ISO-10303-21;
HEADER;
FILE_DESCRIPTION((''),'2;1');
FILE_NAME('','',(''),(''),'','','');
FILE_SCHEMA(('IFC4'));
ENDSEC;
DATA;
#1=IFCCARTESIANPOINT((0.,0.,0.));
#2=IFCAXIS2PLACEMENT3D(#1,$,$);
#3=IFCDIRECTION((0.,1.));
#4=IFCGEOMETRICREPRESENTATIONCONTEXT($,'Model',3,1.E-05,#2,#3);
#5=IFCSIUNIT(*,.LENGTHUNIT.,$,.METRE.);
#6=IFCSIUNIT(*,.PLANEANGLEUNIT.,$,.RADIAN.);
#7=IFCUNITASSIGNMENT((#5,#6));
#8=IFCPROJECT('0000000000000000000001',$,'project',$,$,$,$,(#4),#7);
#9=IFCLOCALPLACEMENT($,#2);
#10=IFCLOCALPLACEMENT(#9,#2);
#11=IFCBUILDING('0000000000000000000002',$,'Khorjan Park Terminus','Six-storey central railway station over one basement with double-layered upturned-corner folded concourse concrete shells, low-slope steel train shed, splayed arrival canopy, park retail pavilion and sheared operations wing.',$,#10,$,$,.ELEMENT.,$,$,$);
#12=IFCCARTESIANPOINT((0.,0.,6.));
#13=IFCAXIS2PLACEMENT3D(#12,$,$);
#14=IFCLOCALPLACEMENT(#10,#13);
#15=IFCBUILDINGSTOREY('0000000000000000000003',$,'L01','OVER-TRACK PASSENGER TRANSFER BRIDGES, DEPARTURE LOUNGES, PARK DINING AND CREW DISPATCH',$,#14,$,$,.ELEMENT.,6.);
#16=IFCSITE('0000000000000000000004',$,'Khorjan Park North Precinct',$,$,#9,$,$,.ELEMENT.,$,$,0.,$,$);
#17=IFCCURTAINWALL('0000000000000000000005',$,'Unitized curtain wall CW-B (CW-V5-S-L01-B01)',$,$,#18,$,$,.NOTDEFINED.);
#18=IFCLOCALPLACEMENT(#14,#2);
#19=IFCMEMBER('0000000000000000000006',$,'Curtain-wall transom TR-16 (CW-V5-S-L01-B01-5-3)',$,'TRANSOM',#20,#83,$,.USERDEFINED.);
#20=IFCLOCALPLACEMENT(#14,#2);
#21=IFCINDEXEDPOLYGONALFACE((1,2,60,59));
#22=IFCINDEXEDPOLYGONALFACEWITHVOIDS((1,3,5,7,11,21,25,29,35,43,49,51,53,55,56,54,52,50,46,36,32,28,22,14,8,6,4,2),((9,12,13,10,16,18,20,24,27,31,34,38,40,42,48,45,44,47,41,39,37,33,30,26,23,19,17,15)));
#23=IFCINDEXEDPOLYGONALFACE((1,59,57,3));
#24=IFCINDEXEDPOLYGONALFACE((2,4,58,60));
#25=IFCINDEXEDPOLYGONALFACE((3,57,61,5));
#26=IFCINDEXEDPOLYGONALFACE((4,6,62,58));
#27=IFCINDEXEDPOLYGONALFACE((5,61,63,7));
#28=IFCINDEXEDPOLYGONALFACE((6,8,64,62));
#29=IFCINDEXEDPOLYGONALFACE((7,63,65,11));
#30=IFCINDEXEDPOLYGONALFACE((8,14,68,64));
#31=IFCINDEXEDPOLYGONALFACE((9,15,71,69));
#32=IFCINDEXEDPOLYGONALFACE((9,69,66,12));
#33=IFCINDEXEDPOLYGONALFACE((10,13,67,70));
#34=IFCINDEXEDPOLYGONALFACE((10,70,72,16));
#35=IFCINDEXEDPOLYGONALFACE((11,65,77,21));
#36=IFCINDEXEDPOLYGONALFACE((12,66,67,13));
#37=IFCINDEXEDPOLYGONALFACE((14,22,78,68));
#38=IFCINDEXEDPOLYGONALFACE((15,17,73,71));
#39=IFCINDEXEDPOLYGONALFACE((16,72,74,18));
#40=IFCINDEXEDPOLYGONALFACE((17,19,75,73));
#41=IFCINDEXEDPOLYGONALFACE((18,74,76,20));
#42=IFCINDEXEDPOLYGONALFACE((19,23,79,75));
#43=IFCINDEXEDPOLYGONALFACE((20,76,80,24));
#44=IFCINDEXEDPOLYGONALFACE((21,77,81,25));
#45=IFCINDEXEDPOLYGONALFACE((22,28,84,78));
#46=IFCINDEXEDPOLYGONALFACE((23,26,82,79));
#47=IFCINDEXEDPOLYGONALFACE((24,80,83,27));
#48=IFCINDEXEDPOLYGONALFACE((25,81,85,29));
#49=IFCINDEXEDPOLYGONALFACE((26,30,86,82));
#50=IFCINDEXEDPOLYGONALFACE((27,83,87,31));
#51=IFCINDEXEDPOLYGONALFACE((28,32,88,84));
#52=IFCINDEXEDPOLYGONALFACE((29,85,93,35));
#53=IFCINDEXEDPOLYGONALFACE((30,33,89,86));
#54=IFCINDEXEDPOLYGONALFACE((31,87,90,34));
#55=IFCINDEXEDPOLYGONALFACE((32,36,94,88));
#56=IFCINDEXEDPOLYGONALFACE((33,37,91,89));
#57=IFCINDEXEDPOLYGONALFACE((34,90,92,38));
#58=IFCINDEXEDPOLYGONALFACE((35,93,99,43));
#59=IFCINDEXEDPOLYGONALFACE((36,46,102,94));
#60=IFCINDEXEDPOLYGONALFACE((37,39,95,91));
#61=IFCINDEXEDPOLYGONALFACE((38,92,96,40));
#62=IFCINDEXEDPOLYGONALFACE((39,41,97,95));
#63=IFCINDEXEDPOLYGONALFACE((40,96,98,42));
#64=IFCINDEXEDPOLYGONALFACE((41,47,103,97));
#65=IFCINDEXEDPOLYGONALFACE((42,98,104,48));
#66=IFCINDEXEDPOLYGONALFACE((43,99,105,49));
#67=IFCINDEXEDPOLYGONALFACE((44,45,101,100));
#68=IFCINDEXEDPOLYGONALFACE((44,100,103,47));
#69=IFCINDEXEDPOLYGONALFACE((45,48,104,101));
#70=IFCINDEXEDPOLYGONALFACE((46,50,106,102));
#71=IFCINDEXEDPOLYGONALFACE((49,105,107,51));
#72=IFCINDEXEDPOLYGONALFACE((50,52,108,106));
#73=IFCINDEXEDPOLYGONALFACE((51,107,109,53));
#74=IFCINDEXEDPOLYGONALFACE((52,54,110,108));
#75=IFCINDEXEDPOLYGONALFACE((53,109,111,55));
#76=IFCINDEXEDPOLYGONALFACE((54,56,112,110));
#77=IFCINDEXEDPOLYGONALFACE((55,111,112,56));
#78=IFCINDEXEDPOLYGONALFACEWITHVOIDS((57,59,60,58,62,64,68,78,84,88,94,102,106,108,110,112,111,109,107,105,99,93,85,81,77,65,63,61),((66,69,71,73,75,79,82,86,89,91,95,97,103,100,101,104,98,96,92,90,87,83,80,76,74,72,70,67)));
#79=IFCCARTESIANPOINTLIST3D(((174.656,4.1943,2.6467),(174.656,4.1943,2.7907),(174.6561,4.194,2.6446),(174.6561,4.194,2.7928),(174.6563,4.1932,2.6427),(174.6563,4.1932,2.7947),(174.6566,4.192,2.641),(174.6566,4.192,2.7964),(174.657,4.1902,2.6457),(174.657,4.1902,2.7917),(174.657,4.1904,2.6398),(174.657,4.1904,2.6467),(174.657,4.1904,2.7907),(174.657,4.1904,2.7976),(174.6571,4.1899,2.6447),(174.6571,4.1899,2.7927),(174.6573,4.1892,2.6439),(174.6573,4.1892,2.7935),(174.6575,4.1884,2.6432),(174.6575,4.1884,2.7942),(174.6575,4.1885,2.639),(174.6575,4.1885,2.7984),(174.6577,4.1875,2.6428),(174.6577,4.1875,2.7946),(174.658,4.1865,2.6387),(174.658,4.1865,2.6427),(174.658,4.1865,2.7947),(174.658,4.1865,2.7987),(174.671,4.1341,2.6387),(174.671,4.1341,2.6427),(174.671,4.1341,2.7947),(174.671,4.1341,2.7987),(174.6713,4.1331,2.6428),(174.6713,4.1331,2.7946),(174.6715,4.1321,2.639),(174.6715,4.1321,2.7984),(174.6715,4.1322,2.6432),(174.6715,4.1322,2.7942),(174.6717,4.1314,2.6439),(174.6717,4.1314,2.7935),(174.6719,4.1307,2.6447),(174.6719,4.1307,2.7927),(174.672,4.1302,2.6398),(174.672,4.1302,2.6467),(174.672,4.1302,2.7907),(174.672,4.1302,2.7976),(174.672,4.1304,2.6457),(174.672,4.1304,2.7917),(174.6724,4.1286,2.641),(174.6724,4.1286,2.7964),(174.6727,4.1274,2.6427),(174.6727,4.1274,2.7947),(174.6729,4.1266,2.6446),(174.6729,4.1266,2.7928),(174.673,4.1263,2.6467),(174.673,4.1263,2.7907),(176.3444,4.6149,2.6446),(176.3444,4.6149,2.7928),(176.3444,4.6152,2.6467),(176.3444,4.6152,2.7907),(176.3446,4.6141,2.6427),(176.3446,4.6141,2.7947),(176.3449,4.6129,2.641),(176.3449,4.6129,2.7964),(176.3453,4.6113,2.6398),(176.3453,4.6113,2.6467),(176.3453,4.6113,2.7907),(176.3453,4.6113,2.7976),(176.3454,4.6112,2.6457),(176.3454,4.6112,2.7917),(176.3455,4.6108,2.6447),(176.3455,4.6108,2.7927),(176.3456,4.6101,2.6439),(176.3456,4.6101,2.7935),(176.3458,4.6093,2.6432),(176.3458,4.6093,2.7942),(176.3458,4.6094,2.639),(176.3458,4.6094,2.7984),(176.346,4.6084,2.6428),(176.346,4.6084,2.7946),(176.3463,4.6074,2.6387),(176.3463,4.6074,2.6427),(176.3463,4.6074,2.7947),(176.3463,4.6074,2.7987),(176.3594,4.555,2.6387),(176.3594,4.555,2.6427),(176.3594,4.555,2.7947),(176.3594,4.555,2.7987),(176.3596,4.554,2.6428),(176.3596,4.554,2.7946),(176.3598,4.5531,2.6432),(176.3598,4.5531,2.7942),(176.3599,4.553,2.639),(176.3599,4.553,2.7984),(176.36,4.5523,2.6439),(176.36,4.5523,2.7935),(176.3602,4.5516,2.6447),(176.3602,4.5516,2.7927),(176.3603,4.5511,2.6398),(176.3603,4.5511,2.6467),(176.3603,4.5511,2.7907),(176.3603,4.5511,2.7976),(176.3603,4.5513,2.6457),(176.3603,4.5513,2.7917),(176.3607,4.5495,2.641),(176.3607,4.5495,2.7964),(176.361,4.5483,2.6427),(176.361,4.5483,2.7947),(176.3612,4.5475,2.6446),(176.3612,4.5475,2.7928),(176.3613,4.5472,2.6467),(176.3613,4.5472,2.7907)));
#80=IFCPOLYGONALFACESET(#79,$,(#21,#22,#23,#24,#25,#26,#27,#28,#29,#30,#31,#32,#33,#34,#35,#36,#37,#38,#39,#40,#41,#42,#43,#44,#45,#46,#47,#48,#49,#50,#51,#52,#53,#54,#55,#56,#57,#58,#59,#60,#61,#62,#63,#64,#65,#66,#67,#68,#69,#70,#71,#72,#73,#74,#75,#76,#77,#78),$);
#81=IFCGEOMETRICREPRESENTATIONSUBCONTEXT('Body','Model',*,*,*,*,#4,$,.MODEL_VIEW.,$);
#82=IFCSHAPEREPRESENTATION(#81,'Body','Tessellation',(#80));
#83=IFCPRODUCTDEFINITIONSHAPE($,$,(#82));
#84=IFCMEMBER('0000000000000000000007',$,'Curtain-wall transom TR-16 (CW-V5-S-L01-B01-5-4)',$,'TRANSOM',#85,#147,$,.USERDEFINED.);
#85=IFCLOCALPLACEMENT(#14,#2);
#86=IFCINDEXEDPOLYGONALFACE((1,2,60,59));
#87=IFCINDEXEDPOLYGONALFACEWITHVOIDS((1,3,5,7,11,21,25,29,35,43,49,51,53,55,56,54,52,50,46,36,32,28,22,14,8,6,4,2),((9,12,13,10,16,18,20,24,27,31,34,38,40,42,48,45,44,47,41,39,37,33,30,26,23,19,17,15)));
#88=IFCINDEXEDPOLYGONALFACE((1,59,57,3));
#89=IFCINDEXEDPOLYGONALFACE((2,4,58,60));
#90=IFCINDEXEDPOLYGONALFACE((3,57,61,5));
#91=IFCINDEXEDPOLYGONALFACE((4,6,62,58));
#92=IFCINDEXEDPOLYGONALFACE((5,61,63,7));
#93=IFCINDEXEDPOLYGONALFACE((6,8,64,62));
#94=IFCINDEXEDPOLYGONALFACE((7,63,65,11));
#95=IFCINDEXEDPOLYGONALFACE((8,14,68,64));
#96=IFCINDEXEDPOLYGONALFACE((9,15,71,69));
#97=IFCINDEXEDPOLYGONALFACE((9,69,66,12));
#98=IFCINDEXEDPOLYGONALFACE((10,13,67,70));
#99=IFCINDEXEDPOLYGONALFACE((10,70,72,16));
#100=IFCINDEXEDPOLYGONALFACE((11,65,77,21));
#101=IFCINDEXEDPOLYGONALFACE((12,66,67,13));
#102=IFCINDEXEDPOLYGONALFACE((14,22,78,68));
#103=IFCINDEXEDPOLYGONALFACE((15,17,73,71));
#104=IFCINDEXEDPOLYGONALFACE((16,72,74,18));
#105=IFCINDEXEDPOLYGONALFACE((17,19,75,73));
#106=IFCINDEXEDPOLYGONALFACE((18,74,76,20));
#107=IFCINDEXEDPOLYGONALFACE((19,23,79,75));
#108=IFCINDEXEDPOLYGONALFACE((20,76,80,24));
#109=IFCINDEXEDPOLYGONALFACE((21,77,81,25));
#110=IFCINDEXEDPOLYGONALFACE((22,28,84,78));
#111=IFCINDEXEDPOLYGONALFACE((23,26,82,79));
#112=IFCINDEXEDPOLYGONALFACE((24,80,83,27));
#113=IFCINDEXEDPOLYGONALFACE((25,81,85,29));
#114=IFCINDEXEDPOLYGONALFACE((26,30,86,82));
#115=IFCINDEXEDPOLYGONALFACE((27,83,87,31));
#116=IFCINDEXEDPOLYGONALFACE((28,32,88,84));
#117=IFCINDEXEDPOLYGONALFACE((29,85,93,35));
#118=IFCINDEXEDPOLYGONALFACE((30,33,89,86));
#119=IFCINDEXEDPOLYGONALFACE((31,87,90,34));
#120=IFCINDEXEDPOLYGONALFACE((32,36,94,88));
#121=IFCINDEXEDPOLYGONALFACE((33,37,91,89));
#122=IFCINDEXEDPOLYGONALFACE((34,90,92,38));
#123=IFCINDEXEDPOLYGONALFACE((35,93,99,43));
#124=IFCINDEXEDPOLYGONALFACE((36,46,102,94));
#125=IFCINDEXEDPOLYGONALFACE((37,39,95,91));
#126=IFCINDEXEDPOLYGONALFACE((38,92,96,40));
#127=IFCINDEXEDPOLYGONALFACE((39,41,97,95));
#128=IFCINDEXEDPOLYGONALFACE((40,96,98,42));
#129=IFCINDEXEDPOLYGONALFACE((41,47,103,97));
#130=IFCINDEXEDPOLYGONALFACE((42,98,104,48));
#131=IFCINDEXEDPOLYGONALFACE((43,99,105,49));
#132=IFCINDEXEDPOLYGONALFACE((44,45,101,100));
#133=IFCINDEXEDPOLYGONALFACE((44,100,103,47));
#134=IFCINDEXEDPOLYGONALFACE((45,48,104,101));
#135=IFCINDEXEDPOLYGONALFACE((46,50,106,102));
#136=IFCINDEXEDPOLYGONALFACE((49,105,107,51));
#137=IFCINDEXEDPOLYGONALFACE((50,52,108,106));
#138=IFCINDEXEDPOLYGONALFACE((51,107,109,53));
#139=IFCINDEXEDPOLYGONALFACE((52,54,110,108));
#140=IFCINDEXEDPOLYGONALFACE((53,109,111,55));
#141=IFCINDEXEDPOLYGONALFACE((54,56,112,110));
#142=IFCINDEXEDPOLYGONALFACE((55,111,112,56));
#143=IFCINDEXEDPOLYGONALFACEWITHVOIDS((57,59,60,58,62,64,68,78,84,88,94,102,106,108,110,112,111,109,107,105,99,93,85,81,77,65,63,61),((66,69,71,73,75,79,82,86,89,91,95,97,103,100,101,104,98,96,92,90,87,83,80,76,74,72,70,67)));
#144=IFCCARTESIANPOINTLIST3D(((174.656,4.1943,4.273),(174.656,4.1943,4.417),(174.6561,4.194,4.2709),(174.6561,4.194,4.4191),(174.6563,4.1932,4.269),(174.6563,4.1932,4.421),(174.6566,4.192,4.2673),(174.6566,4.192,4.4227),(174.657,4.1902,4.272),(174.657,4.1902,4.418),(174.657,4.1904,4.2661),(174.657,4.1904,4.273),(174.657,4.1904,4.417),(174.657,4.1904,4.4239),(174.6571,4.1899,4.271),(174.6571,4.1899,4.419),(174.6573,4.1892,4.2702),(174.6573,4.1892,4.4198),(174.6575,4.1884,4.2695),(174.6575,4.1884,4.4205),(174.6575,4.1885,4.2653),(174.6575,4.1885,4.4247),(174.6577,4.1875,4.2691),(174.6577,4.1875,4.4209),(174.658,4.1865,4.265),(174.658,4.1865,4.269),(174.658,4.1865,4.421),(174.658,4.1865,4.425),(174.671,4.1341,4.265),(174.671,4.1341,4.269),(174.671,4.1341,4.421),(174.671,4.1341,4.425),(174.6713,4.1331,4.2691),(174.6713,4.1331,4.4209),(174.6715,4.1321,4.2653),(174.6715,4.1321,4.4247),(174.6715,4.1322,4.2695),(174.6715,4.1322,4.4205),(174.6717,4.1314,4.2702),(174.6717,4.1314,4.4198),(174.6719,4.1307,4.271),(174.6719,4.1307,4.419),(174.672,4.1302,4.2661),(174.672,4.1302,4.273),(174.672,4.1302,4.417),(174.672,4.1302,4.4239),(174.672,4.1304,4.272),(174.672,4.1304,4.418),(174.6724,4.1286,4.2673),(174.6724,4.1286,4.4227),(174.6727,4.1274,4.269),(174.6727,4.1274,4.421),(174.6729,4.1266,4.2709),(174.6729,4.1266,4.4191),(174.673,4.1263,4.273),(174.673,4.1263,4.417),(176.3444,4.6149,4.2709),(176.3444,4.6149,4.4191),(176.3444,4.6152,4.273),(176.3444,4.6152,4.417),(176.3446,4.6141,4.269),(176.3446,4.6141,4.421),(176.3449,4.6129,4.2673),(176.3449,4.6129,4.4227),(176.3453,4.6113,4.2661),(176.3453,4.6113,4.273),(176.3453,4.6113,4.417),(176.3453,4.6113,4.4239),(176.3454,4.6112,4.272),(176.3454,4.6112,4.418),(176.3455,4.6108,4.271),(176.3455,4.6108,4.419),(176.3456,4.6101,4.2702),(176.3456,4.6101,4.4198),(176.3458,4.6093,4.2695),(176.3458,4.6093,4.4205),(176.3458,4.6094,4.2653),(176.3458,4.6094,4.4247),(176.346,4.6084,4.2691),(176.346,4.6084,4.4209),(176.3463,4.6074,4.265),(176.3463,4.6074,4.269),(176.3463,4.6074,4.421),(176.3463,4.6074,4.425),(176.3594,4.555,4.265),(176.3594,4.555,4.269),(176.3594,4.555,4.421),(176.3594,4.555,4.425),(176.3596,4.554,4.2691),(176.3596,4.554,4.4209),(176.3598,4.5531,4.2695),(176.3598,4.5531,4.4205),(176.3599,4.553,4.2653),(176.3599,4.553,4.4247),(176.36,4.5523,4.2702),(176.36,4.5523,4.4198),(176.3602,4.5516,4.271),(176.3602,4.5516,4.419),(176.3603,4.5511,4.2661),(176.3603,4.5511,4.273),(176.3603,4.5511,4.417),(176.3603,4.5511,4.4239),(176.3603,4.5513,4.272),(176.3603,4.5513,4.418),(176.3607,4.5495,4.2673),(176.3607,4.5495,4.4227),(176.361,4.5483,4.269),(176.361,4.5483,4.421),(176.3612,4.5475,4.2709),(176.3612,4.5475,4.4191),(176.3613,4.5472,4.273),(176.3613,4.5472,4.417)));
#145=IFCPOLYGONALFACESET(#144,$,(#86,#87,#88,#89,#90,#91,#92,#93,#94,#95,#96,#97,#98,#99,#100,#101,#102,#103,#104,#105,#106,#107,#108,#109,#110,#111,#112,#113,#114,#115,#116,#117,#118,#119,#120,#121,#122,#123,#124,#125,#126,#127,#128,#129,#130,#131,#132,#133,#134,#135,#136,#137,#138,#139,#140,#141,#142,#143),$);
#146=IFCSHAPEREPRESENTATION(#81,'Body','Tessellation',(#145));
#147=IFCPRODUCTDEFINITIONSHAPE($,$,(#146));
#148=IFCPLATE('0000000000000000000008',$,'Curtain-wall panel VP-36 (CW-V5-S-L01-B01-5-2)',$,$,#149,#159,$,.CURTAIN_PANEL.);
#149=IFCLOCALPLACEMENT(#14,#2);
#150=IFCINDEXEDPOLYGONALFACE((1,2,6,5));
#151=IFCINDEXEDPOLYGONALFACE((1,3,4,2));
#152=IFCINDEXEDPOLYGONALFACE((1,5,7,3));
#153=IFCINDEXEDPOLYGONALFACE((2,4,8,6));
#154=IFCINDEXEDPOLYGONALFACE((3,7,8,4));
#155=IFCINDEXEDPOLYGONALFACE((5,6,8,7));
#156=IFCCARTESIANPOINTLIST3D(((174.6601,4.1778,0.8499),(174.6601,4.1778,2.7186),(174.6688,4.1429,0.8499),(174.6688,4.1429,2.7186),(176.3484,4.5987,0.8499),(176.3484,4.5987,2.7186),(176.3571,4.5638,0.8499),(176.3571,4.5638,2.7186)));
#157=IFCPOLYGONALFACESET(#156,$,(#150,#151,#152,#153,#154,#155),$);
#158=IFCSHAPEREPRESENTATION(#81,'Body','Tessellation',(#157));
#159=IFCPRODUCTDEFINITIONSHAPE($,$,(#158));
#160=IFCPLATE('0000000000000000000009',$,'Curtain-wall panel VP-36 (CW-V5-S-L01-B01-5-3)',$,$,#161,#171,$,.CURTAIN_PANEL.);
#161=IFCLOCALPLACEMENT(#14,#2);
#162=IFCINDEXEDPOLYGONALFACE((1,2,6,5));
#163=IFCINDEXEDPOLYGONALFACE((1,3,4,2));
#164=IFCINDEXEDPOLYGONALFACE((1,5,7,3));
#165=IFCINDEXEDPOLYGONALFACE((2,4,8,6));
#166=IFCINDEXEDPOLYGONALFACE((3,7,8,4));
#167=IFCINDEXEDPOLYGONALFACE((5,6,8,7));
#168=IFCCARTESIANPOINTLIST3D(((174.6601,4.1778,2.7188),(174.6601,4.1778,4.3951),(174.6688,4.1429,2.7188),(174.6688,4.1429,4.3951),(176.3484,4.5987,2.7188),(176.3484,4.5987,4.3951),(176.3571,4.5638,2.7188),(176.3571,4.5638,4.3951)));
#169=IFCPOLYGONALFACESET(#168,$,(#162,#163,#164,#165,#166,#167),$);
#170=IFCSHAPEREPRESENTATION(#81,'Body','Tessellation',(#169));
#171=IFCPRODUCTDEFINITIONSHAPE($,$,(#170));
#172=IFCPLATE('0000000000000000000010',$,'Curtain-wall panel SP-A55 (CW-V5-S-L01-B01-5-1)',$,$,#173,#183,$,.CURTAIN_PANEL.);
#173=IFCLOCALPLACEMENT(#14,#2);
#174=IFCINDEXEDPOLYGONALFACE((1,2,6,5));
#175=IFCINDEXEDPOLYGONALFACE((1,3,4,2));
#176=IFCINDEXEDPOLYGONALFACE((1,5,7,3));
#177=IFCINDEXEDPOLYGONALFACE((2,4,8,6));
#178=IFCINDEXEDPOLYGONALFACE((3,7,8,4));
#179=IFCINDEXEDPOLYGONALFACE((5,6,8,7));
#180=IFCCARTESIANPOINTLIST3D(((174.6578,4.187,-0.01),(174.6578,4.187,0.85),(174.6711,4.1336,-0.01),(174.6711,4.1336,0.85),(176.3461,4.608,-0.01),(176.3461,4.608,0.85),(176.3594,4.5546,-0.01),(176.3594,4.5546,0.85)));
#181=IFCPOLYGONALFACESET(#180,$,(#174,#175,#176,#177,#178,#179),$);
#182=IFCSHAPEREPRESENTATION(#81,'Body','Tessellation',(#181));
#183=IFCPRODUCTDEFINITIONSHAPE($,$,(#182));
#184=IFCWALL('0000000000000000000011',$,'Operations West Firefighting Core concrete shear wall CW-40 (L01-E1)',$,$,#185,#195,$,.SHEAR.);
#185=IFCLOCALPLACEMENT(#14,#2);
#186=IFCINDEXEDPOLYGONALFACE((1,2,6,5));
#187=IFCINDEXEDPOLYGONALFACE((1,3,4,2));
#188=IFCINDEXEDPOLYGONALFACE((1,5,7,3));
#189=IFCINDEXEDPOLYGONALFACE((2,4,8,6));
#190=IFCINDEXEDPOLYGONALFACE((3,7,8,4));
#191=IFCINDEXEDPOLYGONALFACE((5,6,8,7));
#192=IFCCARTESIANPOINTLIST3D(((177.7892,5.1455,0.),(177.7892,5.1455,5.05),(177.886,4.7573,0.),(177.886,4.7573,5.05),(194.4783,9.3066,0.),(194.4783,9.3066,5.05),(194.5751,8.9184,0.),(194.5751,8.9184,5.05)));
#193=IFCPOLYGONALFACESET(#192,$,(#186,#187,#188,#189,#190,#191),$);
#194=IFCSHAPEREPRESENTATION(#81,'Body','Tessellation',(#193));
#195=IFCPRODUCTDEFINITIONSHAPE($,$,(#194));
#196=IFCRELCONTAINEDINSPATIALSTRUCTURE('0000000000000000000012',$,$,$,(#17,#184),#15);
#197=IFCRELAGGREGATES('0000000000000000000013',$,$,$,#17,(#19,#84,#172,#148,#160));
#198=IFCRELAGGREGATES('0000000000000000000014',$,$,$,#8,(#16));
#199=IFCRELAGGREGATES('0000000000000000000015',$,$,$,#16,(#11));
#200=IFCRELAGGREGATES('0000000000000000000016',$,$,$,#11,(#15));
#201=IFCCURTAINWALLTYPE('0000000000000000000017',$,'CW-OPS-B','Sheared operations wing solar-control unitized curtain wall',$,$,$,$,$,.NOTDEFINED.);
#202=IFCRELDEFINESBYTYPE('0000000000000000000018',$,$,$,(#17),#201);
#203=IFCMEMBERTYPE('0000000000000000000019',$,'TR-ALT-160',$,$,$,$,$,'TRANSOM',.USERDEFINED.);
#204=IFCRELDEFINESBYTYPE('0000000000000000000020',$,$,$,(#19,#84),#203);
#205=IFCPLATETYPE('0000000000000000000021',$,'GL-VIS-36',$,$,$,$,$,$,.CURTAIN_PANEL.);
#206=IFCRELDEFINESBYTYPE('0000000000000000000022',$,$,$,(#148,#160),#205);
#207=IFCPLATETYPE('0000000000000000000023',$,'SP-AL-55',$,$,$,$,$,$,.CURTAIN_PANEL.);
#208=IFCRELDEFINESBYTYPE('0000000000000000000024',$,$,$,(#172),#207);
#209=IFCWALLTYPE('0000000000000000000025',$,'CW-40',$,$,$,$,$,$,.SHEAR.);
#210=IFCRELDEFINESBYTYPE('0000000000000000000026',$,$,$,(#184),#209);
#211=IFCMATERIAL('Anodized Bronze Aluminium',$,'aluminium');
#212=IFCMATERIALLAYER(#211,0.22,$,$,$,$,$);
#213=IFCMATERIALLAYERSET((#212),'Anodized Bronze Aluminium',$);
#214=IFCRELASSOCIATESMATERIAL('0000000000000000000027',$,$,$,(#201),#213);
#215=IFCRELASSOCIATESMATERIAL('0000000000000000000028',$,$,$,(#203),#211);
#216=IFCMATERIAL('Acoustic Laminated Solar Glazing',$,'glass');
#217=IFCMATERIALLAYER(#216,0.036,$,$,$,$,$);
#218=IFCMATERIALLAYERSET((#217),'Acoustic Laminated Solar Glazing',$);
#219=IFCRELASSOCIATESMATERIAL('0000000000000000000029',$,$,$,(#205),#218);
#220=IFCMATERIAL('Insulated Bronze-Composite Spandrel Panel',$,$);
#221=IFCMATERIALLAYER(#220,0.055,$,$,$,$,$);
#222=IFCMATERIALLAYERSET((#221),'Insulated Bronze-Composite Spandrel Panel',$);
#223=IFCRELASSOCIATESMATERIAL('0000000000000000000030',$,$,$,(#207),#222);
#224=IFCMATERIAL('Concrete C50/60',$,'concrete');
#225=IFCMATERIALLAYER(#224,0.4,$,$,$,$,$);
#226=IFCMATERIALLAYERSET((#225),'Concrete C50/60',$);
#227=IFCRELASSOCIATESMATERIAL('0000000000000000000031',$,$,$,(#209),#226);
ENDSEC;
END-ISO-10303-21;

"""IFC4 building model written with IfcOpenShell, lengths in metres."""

from ifc_helpers import new_model, si_unit, direction, frame, frame_2d, origin, origin_2d, place, context, subcontext, project, spatial, rectangle, hollow_rectangle, extrude, material, layer, layer_set, material_profile, profile_set, type_object, element, aggregate, save


model = new_model("IFC4")

# Units and contexts
model_context = context("Model", 3, precision=1e-05, world=origin(), true_north=direction((0.0, 1.0)))
body_context = subcontext(model_context, "Body", "Model", "MODEL_VIEW")
ifc_project = project(units=[si_unit("LENGTHUNIT", "METRE"), si_unit("PLANEANGLEUNIT", "RADIAN")], contexts=[model_context])

# Site, building, storey
site_placement = place(None, origin())
site = spatial("IfcSite", under=ifc_project, at=site_placement, Name="Khorjan Park North Precinct", CompositionType="ELEMENT", RefElevation=0.0)
building_placement = place(site_placement, origin())
building = spatial("IfcBuilding", under=site, at=building_placement, Name="Khorjan Park Terminus", Description="Six-storey central railway station over one basement with double-layered upturned-corner folded concourse concrete shells, low-slope steel train shed, splayed arrival canopy, park retail pavilion and sheared operations wing.", CompositionType="ELEMENT")
storey_placement = place(building_placement, frame((0.0, 0.0, 6.0)))
storey = spatial("IfcBuildingStorey", under=building, at=storey_placement, Name="L01", Description="OVER-TRACK PASSENGER TRANSFER BRIDGES, DEPARTURE LOUNGES, PARK DINING AND CREW DISPATCH", CompositionType="ELEMENT", Elevation=6.0)

# Shared definitions
ifc_material_1 = material(Name="Concrete C50/60", Category="concrete")

# Curtain wall, members, plates
ifc_material_2 = material(Name="Anodized Bronze Aluminium", Category="aluminium")
ifc_layer_1 = layer(ifc_material_2, 0.22)
ifc_layer_set_1 = layer_set([ifc_layer_1], Name="Anodized Bronze Aluminium")
curtain_wall_type = type_object("IfcCurtainWallType", Name="CW-OPS-B", Description="Sheared operations wing solar-control unitized curtain wall", PredefinedType="NOTDEFINED", material=ifc_layer_set_1)
curtain_wall_placement = place(storey_placement, origin())
curtain_wall = element("IfcCurtainWall", 1, at=curtain_wall_placement, inside=storey, type_object=curtain_wall_type, Name="Unitized curtain wall CW-B (CW-V5-S-L01-B01)", PredefinedType="NOTDEFINED")
ifc_material_profile_1 = material_profile(ifc_material_2, hollow_rectangle(XDim=0.07, YDim=0.16, WallThickness=0.004, InnerFilletRadius=0.004, OuterFilletRadius=0.008, at=origin_2d()), Name="ALT 70x160x4")
ifc_profile_set_1 = profile_set([ifc_material_profile_1], Name="Anodized Bronze Aluminium")
member_type_1 = type_object("IfcMemberType", Name="TR-ALT-160", ElementType="TRANSOM", PredefinedType="USERDEFINED", material=ifc_profile_set_1)
member_1_placement = place(storey_placement, frame((174.6645, 4.1603, 2.7187), z_axis=(0.970301, 0.2419, 0.0), x_axis=(-0.2419, 0.970301, 0.0)))
member_1 = element("IfcMember", 2, at=member_1_placement, type_object=member_type_1, Name="Curtain-wall transom TR-16 (CW-V5-S-L01-B01-5-3)", ObjectType="TRANSOM", PredefinedType="USERDEFINED", context=body_context, shape_type="SweptSolid", body=[
    extrude(hollow_rectangle(XDim=0.07, YDim=0.16, WallThickness=0.004, InnerFilletRadius=0.004, OuterFilletRadius=0.008, at=origin_2d()), origin(), (0.0, 0.0, 1.0), 1.74),
])
member_2_placement = place(storey_placement, frame((174.6645, 4.1603, 4.345), z_axis=(0.970301, 0.2419, 0.0), x_axis=(-0.2419, 0.970301, 0.0)))
member_2 = element("IfcMember", 3, at=member_2_placement, type_object=member_type_1, Name="Curtain-wall transom TR-16 (CW-V5-S-L01-B01-5-4)", ObjectType="TRANSOM", PredefinedType="USERDEFINED", context=body_context, shape_type="SweptSolid", body=[
    extrude(hollow_rectangle(XDim=0.07, YDim=0.16, WallThickness=0.004, InnerFilletRadius=0.004, OuterFilletRadius=0.008, at=origin_2d()), origin(), (0.0, 0.0, 1.0), 1.74),
])
ifc_material_3 = material(Name="Acoustic Laminated Solar Glazing", Category="glass")
ifc_layer_2 = layer(ifc_material_3, 0.036)
ifc_layer_set_2 = layer_set([ifc_layer_2], Name="Acoustic Laminated Solar Glazing")
plate_type_1 = type_object("IfcPlateType", Name="GL-VIS-36", PredefinedType="CURTAIN_PANEL", material=ifc_layer_set_2)
plate_1_placement = place(storey_placement, frame((175.5086, 4.3708, 0.8499), z_axis=(0.0, 0.0, 1.0), x_axis=(0.970296, 0.241923, 0.0)))
plate_1 = element("IfcPlate", 4, at=plate_1_placement, type_object=plate_type_1, Name="Curtain-wall panel VP-36 (CW-V5-S-L01-B01-5-2)", PredefinedType="CURTAIN_PANEL", context=body_context, shape_type="SweptSolid", body=[
    extrude(rectangle(XDim=1.74, YDim=0.036, at=origin_2d()), origin(), (0.0, 0.0, 1.0), 1.8687),
])
plate_2_placement = place(storey_placement, frame((175.5086, 4.3708, 2.7188), z_axis=(0.0, 0.0, 1.0), x_axis=(0.970296, 0.241923, 0.0)))
plate_2 = element("IfcPlate", 5, at=plate_2_placement, type_object=plate_type_1, Name="Curtain-wall panel VP-36 (CW-V5-S-L01-B01-5-3)", PredefinedType="CURTAIN_PANEL", context=body_context, shape_type="SweptSolid", body=[
    extrude(rectangle(XDim=1.74, YDim=0.036, at=origin_2d()), origin(), (0.0, 0.0, 1.0), 1.6763),
])
ifc_material_4 = material(Name="Insulated Bronze-Composite Spandrel Panel")
ifc_layer_3 = layer(ifc_material_4, 0.055)
ifc_layer_set_3 = layer_set([ifc_layer_3], Name="Insulated Bronze-Composite Spandrel Panel")
plate_type_2 = type_object("IfcPlateType", Name="SP-AL-55", PredefinedType="CURTAIN_PANEL", material=ifc_layer_set_3)
plate_3_placement = place(storey_placement, frame((175.5086, 4.3708, -0.01), z_axis=(0.0, 0.0, 1.0), x_axis=(0.970296, 0.241923, 0.0)))
plate_3 = element("IfcPlate", 6, at=plate_3_placement, type_object=plate_type_2, Name="Curtain-wall panel SP-A55 (CW-V5-S-L01-B01-5-1)", PredefinedType="CURTAIN_PANEL", context=body_context, shape_type="SweptSolid", body=[
    extrude(rectangle(XDim=1.74, YDim=0.055, at=origin_2d()), origin(), (0.0, 0.0, 1.0), 0.86),
])
aggregate(curtain_wall, [member_1, member_2, plate_3, plate_1, plate_2])

# Wall
ifc_layer_4 = layer(ifc_material_1, 0.4)
ifc_layer_set_4 = layer_set([ifc_layer_4], Name="Concrete C50/60")
wall_type_1 = type_object("IfcWallType", Name="CW-40", PredefinedType="SHEAR", material=ifc_layer_set_4)
wall_1_placement = place(storey_placement, frame((177.8376, 4.9514, 0.0), z_axis=(0.0, 0.0, 1.0), x_axis=(0.970295, 0.241924, 0.0)))
element("IfcWall", 7, at=wall_1_placement, inside=storey, type_object=wall_type_1, Name="Operations West Firefighting Core concrete shear wall CW-40 (L01-E1)", PredefinedType="SHEAR", context=body_context, shape_type="SweptSolid", body=[
    extrude(rectangle(XDim=17.2, YDim=0.4, at=frame_2d((8.6, 0.0))), origin(), (0.0, 0.0, 1.0), 5.05),
])

save(model, "model.ifc")
